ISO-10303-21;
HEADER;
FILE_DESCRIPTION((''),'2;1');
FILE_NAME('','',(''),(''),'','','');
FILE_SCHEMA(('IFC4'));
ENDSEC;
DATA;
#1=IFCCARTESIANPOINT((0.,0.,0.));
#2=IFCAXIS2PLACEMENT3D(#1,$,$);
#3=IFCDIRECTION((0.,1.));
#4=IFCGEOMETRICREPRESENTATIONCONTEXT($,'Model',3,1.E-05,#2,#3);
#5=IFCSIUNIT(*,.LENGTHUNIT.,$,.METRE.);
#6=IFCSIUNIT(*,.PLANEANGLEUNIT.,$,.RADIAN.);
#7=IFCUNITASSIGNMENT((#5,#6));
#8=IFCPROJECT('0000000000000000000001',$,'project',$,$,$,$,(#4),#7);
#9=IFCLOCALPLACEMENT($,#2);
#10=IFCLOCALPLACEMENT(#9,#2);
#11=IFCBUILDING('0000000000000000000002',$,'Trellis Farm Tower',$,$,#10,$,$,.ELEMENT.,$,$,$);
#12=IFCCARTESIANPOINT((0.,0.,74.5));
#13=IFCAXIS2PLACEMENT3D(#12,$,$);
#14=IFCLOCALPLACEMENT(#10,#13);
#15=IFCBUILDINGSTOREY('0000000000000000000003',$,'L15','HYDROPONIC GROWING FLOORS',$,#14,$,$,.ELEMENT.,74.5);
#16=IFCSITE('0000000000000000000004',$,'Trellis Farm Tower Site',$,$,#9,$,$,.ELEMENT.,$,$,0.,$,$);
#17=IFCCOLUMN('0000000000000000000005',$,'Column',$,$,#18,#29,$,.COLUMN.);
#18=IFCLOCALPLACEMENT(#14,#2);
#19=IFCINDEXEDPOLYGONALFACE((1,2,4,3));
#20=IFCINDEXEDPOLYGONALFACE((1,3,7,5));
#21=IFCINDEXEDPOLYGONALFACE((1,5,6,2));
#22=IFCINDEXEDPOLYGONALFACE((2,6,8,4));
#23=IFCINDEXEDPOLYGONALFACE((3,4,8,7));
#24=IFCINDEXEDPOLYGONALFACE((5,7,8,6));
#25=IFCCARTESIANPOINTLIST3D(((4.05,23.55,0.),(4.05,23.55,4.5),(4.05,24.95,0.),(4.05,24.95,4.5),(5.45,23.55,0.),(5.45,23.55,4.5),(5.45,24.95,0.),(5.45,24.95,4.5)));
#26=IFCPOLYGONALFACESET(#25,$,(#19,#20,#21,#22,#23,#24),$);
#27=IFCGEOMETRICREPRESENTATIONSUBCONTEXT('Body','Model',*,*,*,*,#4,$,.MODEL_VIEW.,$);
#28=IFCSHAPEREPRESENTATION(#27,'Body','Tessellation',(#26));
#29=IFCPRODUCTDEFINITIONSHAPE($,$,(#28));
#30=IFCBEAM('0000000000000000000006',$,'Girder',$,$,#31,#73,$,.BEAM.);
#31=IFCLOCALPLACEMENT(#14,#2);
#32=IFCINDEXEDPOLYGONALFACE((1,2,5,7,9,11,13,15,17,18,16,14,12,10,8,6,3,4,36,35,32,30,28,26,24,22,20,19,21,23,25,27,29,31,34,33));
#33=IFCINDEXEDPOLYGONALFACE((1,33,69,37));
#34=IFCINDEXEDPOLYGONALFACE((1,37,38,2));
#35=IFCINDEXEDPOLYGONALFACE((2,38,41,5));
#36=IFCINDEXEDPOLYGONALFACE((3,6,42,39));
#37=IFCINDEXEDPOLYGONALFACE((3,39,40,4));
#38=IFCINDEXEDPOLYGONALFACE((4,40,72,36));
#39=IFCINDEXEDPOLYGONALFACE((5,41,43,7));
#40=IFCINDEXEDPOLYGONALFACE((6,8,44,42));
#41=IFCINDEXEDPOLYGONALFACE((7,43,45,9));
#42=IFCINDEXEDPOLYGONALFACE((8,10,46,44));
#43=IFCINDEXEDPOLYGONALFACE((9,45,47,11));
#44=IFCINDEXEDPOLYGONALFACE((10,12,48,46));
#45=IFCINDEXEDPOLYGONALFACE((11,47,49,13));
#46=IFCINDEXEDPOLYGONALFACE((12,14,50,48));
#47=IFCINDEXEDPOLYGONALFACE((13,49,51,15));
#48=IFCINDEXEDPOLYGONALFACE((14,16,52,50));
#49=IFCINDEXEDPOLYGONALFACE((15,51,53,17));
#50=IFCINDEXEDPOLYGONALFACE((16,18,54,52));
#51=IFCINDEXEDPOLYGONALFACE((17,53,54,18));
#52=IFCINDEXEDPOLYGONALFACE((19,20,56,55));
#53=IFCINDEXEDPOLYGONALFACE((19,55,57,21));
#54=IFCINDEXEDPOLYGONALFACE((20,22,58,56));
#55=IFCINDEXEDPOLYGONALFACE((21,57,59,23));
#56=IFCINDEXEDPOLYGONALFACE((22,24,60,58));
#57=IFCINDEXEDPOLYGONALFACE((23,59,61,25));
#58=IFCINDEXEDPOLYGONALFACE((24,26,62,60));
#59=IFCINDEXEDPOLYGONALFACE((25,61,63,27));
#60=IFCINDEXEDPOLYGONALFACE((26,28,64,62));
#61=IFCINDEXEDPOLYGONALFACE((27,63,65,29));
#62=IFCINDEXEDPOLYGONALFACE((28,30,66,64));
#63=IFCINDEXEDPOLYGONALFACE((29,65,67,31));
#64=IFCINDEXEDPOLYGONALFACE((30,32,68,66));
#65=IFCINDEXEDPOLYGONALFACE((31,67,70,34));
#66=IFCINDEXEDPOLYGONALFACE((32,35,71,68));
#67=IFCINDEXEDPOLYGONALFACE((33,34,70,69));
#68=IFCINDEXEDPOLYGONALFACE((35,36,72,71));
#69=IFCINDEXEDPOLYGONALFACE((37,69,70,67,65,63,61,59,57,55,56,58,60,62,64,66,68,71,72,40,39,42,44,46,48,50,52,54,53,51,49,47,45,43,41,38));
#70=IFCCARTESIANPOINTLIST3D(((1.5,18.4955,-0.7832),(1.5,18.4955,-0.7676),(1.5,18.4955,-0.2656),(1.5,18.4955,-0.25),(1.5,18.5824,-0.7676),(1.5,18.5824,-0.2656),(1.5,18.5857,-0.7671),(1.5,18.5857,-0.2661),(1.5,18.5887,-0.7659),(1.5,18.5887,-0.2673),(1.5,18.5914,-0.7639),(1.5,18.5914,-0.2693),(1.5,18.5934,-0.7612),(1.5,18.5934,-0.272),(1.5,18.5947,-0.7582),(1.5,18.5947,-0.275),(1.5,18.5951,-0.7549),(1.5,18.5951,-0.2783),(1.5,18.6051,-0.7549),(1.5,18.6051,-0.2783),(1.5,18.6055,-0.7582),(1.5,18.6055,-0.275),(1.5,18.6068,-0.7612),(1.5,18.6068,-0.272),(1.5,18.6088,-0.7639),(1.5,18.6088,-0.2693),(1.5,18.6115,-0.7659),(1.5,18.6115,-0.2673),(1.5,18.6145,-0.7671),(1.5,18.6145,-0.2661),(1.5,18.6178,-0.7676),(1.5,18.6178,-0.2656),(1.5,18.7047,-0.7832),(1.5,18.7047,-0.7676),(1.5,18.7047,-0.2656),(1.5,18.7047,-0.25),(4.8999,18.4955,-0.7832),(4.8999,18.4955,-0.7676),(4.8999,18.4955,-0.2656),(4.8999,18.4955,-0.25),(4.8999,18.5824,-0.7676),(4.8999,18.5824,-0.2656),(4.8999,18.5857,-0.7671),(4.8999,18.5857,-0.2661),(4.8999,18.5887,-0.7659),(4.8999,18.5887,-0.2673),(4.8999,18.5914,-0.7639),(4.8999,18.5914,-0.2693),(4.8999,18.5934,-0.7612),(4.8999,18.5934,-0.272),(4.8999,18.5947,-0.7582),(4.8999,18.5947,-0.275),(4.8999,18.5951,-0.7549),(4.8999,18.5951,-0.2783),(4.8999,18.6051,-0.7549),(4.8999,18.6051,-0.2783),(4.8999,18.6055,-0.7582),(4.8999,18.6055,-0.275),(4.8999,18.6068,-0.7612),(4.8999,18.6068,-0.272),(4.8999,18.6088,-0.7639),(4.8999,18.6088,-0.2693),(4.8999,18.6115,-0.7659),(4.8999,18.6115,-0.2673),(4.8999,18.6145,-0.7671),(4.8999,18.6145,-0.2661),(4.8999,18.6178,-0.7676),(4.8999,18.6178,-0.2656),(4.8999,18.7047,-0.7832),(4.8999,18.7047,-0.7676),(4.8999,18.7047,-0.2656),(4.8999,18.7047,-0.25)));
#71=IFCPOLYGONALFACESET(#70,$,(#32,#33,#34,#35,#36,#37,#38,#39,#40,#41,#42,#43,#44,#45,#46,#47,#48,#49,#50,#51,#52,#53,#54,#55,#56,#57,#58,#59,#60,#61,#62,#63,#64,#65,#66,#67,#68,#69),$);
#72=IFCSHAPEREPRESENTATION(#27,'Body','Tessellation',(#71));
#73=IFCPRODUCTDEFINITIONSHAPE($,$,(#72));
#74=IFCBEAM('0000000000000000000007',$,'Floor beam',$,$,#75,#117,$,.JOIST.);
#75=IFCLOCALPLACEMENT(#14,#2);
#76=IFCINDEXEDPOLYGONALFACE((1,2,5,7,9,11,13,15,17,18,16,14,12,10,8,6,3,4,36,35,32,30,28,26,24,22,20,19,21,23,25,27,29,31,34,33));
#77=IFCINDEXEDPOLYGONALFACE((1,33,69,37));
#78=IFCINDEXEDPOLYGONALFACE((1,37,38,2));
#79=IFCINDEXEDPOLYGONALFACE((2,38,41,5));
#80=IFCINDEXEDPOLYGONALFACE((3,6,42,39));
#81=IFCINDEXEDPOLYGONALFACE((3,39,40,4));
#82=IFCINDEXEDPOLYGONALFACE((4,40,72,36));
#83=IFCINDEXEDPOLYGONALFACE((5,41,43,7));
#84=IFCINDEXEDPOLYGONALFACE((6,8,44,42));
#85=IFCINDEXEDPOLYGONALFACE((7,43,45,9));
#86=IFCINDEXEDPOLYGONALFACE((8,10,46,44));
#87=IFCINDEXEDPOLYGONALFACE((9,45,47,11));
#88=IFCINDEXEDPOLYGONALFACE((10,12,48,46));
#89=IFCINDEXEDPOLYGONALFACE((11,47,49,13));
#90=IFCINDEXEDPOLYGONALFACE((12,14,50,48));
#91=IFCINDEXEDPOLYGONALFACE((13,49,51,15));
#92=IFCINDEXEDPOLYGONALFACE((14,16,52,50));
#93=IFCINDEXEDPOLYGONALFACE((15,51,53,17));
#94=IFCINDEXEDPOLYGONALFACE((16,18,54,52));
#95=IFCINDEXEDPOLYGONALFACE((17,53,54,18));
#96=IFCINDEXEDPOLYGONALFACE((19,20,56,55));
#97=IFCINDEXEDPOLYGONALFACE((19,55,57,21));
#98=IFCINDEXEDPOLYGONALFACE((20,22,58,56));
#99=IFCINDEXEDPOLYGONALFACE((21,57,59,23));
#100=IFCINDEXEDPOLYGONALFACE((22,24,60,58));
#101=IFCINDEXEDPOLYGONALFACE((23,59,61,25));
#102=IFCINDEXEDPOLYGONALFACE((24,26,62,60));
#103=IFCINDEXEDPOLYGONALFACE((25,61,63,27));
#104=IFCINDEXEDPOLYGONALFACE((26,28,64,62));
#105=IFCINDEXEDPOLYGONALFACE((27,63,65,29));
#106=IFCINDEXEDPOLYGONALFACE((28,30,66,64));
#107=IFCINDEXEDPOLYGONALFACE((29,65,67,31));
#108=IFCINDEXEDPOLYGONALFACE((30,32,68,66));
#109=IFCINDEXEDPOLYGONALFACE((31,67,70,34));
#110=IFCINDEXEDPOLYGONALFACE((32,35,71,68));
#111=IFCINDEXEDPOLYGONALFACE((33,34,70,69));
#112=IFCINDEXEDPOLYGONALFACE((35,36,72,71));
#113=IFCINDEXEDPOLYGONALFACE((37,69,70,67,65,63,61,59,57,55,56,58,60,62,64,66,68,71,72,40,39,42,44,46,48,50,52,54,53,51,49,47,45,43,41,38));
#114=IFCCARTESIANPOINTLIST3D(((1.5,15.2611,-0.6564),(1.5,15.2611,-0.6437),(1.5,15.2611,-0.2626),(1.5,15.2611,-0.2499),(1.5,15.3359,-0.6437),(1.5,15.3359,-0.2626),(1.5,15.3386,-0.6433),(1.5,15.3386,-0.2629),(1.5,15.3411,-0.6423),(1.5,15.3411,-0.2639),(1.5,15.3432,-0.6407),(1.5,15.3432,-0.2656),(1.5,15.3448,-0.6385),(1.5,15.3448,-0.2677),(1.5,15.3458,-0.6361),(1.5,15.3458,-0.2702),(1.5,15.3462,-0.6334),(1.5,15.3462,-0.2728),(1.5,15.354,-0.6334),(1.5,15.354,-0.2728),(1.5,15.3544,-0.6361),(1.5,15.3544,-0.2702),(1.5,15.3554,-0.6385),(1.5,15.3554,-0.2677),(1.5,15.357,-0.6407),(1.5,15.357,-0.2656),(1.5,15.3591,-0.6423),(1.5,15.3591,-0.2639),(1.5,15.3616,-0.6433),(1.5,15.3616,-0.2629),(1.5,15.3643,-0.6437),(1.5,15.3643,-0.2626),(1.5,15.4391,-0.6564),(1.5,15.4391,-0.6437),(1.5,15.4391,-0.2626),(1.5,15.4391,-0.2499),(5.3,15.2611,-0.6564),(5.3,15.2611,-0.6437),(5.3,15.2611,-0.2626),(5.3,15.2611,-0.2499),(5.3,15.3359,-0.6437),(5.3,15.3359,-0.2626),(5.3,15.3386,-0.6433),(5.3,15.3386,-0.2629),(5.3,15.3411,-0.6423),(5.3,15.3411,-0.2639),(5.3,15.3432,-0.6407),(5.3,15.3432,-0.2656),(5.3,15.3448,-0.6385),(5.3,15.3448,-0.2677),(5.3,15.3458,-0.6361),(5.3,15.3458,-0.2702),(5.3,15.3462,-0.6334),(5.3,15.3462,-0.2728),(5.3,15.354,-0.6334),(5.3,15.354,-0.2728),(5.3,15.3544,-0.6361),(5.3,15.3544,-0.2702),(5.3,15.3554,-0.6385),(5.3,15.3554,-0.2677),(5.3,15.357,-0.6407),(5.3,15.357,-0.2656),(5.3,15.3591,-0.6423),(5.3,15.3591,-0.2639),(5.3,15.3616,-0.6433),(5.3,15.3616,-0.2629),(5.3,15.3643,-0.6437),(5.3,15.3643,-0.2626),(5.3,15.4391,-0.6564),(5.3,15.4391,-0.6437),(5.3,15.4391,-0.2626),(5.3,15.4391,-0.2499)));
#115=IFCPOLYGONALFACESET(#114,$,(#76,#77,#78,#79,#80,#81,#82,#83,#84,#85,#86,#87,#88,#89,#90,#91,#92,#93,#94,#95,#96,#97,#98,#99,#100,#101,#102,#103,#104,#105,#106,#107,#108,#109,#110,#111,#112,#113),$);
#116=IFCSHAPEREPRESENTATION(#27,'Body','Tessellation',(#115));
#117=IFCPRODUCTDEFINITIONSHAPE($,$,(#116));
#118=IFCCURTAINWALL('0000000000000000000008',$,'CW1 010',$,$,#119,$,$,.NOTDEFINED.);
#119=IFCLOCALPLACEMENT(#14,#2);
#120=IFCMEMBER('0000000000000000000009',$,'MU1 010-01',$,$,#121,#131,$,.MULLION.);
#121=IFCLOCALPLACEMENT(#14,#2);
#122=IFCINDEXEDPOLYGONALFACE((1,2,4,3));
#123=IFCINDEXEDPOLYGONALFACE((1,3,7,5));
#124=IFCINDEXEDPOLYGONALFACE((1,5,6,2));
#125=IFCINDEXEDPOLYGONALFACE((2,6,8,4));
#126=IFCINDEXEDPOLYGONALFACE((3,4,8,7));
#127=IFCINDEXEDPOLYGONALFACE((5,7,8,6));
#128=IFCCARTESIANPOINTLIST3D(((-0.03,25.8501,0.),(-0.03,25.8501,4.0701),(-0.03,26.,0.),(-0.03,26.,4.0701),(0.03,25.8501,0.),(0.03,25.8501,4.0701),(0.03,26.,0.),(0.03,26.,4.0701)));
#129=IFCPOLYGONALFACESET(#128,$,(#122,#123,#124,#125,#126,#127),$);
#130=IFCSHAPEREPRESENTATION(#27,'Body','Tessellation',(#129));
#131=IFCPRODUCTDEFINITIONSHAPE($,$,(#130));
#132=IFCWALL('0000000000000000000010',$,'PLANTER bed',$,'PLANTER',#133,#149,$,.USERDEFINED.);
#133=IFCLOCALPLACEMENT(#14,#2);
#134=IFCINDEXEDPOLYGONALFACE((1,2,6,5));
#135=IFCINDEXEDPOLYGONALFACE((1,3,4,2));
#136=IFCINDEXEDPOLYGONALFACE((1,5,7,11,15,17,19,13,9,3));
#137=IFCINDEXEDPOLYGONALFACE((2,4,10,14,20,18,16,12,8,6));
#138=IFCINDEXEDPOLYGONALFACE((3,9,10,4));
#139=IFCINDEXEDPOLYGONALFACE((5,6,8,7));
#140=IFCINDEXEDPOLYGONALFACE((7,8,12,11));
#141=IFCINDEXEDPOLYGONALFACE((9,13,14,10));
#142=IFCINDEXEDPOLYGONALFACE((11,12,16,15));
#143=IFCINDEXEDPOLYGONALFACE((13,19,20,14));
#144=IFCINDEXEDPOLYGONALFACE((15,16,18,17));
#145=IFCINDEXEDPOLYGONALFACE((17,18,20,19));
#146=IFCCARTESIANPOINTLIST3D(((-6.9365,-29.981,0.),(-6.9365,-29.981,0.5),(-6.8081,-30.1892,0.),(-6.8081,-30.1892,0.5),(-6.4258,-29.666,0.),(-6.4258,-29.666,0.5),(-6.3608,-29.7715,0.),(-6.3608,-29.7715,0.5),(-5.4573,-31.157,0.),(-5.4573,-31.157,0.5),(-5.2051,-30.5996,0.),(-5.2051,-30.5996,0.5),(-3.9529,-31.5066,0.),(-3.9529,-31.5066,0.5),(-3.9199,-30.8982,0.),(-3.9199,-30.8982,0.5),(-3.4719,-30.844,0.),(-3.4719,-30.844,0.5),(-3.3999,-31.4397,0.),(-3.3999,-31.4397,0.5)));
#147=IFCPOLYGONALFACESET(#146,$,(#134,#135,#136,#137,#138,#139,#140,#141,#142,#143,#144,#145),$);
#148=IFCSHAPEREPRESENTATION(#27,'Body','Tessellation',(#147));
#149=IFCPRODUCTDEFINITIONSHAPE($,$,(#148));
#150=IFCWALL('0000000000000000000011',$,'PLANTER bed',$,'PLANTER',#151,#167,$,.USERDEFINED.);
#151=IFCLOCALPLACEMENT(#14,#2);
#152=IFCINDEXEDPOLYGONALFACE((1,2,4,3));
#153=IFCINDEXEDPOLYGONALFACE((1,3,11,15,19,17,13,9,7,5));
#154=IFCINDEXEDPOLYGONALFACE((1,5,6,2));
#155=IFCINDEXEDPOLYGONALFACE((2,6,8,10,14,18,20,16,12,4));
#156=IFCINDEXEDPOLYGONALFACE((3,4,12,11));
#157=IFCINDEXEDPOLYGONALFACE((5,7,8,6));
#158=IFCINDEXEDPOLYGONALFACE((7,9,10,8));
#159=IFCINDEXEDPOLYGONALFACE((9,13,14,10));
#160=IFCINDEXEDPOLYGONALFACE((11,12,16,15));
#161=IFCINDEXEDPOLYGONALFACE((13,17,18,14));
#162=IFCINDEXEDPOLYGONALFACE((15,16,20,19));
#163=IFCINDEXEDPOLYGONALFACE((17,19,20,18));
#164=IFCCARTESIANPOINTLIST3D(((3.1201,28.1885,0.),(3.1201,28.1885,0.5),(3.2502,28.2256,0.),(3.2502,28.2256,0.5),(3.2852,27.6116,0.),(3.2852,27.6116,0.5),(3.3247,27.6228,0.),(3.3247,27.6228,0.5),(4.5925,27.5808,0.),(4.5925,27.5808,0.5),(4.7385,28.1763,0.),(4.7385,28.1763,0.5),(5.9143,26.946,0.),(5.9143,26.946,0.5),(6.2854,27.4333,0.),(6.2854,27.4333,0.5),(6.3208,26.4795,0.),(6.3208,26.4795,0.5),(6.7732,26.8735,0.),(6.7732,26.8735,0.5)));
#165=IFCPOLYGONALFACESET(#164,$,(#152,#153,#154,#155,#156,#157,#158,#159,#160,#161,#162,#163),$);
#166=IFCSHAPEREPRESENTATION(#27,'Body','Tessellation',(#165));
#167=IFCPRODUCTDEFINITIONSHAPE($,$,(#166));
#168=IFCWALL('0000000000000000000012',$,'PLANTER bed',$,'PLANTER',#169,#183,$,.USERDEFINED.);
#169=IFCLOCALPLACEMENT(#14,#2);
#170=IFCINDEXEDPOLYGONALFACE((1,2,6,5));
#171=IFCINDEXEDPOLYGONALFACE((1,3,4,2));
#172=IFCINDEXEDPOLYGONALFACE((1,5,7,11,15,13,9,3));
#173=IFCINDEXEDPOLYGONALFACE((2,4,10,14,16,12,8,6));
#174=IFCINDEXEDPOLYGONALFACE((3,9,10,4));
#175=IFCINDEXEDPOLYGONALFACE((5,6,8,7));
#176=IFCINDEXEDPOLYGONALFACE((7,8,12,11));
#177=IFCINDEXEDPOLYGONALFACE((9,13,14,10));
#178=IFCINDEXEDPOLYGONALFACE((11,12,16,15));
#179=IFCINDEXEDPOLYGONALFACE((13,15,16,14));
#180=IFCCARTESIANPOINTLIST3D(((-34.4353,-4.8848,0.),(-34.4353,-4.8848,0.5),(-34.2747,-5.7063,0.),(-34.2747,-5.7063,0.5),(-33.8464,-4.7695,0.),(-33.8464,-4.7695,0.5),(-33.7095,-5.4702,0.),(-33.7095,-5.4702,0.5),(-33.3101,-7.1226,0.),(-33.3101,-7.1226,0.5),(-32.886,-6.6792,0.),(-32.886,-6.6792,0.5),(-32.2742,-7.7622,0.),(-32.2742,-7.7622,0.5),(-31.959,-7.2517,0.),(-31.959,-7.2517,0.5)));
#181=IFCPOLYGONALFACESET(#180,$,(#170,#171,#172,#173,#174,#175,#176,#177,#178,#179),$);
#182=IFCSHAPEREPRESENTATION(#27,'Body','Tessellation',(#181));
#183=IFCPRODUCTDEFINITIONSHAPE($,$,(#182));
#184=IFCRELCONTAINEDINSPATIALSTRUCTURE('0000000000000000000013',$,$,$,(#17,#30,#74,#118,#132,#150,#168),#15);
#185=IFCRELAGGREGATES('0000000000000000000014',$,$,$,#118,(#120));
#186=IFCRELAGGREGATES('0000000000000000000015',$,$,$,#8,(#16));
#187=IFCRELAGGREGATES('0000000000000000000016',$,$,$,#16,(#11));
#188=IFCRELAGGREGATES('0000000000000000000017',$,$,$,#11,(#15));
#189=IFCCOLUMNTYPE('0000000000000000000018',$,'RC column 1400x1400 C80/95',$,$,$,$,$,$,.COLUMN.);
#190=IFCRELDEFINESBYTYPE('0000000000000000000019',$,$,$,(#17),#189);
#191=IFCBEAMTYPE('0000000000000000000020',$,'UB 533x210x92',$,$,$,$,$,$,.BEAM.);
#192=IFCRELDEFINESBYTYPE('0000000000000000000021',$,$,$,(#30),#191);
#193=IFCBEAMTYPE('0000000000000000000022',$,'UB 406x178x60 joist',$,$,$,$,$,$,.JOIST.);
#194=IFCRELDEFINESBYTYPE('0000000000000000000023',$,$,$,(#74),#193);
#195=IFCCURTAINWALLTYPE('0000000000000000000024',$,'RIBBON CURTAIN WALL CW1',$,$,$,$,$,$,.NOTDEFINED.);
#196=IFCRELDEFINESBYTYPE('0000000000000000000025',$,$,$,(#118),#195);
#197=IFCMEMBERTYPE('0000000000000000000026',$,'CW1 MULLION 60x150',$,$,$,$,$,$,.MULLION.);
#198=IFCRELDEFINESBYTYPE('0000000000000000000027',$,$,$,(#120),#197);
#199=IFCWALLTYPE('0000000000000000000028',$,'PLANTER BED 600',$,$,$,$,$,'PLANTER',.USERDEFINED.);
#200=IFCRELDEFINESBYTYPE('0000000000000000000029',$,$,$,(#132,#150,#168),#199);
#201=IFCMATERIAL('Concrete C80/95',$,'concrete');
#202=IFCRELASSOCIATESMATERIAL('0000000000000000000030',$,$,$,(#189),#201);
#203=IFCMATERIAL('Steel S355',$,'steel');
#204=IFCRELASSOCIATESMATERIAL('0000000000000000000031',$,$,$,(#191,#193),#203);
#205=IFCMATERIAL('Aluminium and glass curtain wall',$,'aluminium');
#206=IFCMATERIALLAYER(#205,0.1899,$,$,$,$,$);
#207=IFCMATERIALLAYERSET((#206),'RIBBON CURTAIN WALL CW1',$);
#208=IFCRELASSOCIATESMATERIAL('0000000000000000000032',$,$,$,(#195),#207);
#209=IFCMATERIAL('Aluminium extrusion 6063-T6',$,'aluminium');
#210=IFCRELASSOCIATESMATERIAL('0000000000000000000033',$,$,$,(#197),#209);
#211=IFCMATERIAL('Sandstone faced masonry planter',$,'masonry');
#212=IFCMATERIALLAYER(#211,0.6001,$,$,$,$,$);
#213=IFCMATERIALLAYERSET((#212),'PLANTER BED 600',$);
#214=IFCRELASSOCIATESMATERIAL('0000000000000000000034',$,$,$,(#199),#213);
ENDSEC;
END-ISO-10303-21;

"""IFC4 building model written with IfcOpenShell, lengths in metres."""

from ifc_helpers import new_model, si_unit, direction, frame, origin, origin_2d, place, context, subcontext, project, spatial, polyline, rectangle, i_section, outline, extrude, source, transform, mapped, material, layer, layer_set, material_profile, profile_set, type_object, element, aggregate, save


model = new_model("IFC4")

# Units and contexts
model_context = context("Model", 3, precision=1e-05, world=origin(), true_north=direction((0.0, 1.0)))
body_context = subcontext(model_context, "Body", "Model", "MODEL_VIEW")
ifc_project = project(units=[si_unit("LENGTHUNIT", "METRE"), si_unit("PLANEANGLEUNIT", "RADIAN")], contexts=[model_context])

# Site, building, storey
site_placement = place(None, origin())
site = spatial("IfcSite", under=ifc_project, at=site_placement, Name="Trellis Farm Tower Site", CompositionType="ELEMENT", RefElevation=0.0)
building_placement = place(site_placement, origin())
building = spatial("IfcBuilding", under=site, at=building_placement, Name="Trellis Farm Tower", CompositionType="ELEMENT")
storey_placement = place(building_placement, frame((0.0, 0.0, 74.5)))
storey = spatial("IfcBuildingStorey", under=building, at=storey_placement, Name="L15", Description="HYDROPONIC GROWING FLOORS", CompositionType="ELEMENT", Elevation=74.5)

# Column
ifc_material_1 = material(Name="Concrete C80/95", Category="concrete")
ifc_material_profile_1 = material_profile(ifc_material_1, rectangle(XDim=1.3999, YDim=1.3999, at=origin_2d()), Name="RC column 1400x1400 C80/95")
ifc_profile_set_1 = profile_set([ifc_material_profile_1], Name="Concrete C80/95")
column_type = type_object("IfcColumnType", Name="RC column 1400x1400 C80/95", PredefinedType="COLUMN", material=ifc_profile_set_1)
shared_shape_1 = source(origin(), body_context, "Body", "SweptSolid", [
    extrude(rectangle(XDim=1.3999, YDim=1.3999, at=origin_2d()), origin(), (0.0, 0.0, 1.0), 4.5),
])
column_placement = place(storey_placement, frame((4.75, 24.25, 0.0), z_axis=(0.0, 0.0, 1.0), x_axis=(1.0, 0.0, 0.0)))
element("IfcColumn", 1, at=column_placement, inside=storey, type_object=column_type, Name="Column", PredefinedType="COLUMN", context=body_context, shape_type="MappedRepresentation", body=[
    mapped(shared_shape_1, transform((0.0, 0.0, 0.0))),
])

# Beams
ifc_material_2 = material(Name="Steel S355", Category="steel")
ifc_material_profile_2 = material_profile(ifc_material_2, i_section(OverallWidth=0.2092, OverallDepth=0.5332, WebThickness=0.01, FlangeThickness=0.0156, FilletRadius=0.0127, at=origin_2d()), Name="UB 533x210x92")
ifc_profile_set_2 = profile_set([ifc_material_profile_2], Name="Steel S355")
beam_type_1 = type_object("IfcBeamType", Name="UB 533x210x92", PredefinedType="BEAM", material=ifc_profile_set_2)
shared_shape_2 = source(origin(), body_context, "Body", "SweptSolid", [
    extrude(i_section(OverallWidth=0.2092, OverallDepth=0.5332, WebThickness=0.01, FlangeThickness=0.0156, FilletRadius=0.0127, at=origin_2d()), origin(), (0.0, 0.0, 1.0), 3.3999),
])
beam_1_placement = place(storey_placement, frame((1.5, 18.6001, -0.5166), z_axis=(1.0, 0.0, 0.0), x_axis=(0.0, 1.0, 0.0)))
element("IfcBeam", 2, at=beam_1_placement, inside=storey, type_object=beam_type_1, Name="Girder", PredefinedType="BEAM", context=body_context, shape_type="MappedRepresentation", body=[
    mapped(shared_shape_2, transform((0.0, 0.0, 0.0))),
])
ifc_material_profile_3 = material_profile(ifc_material_2, i_section(OverallWidth=0.178, OverallDepth=0.4065, WebThickness=0.0078, FlangeThickness=0.0127, FilletRadius=0.0103, at=origin_2d()), Name="UB 406x178x60")
ifc_profile_set_3 = profile_set([ifc_material_profile_3], Name="Steel S355")
beam_type_2 = type_object("IfcBeamType", Name="UB 406x178x60 joist", PredefinedType="JOIST", material=ifc_profile_set_3)
shared_shape_3 = source(origin(), body_context, "Body", "SweptSolid", [
    extrude(i_section(OverallWidth=0.178, OverallDepth=0.4065, WebThickness=0.0078, FlangeThickness=0.0127, FilletRadius=0.0103, at=origin_2d()), origin(), (0.0, 0.0, 1.0), 3.8),
])
beam_2_placement = place(storey_placement, frame((1.5, 15.3501, -0.4531), z_axis=(1.0, 0.0, 0.0), x_axis=(0.0, 1.0, 0.0)))
element("IfcBeam", 3, at=beam_2_placement, inside=storey, type_object=beam_type_2, Name="Floor beam", PredefinedType="JOIST", context=body_context, shape_type="MappedRepresentation", body=[
    mapped(shared_shape_3, transform((0.0, 0.0, 0.0))),
])

# Curtain wall, member
ifc_material_3 = material(Name="Aluminium and glass curtain wall", Category="aluminium")
ifc_layer_1 = layer(ifc_material_3, 0.1899)
ifc_layer_set_1 = layer_set([ifc_layer_1], Name="RIBBON CURTAIN WALL CW1")
curtain_wall_type = type_object("IfcCurtainWallType", Name="RIBBON CURTAIN WALL CW1", PredefinedType="NOTDEFINED", material=ifc_layer_set_1)
placement = place(storey_placement, origin())
curtain_wall = element("IfcCurtainWall", 4, at=placement, inside=storey, type_object=curtain_wall_type, Name="CW1 010", PredefinedType="NOTDEFINED")
ifc_material_4 = material(Name="Aluminium extrusion 6063-T6", Category="aluminium")
ifc_material_profile_4 = material_profile(ifc_material_4, rectangle(XDim=0.0601, YDim=0.1499, at=origin_2d()), Name="MULLION 60x150")
ifc_profile_set_4 = profile_set([ifc_material_profile_4], Name="Aluminium extrusion 6063-T6")
member_type = type_object("IfcMemberType", Name="CW1 MULLION 60x150", PredefinedType="MULLION", material=ifc_profile_set_4)
shared_shape_4 = source(origin(), body_context, "Body", "SweptSolid", [
    extrude(rectangle(XDim=0.0601, YDim=0.1499, at=origin_2d()), origin(), (0.0, 0.0, 1.0), 4.0701),
])
member_placement = place(storey_placement, frame((0.0, 25.925, 0.0), z_axis=(0.0, 0.0, 1.0), x_axis=(-1.0, 0.0, 0.0)))
member = element("IfcMember", 5, at=member_placement, type_object=member_type, Name="MU1 010-01", PredefinedType="MULLION", context=body_context, shape_type="MappedRepresentation", body=[
    mapped(shared_shape_4, transform((0.0, 0.0, 0.0))),
])
aggregate(curtain_wall, [member])

# Walls
ifc_material_5 = material(Name="Sandstone faced masonry planter", Category="masonry")
ifc_layer_2 = layer(ifc_material_5, 0.6001)
ifc_layer_set_2 = layer_set([ifc_layer_2], Name="PLANTER BED 600")
wall_type_1 = type_object("IfcWallType", Name="PLANTER BED 600", ElementType="PLANTER", PredefinedType="USERDEFINED", material=ifc_layer_set_2)
element("IfcWall", 6, at=placement, inside=storey, type_object=wall_type_1, Name="PLANTER bed", ObjectType="PLANTER", PredefinedType="USERDEFINED", context=body_context, shape_type="SweptSolid", body=[
    extrude(outline(polyline([(-3.9529, -31.5066), (-5.4573, -31.157), (-6.8081, -30.1892), (-6.9365, -29.981), (-6.4258, -29.666), (-6.3608, -29.7715), (-5.2051, -30.5996), (-3.9199, -30.8982), (-3.4719, -30.844), (-3.3999, -31.4397), (-3.9529, -31.5066)])), origin(), (0.0, 0.0, 1.0), 0.5),
])
element("IfcWall", 7, at=placement, inside=storey, type_object=wall_type_1, Name="PLANTER bed", ObjectType="PLANTER", PredefinedType="USERDEFINED", context=body_context, shape_type="SweptSolid", body=[
    extrude(outline(polyline([(4.7385, 28.1763), (6.2854, 27.4333), (6.7732, 26.8735), (6.3208, 26.4795), (5.9143, 26.946), (4.5925, 27.5808), (3.3247, 27.6228), (3.2852, 27.6116), (3.1201, 28.1885), (3.2502, 28.2256), (4.7385, 28.1763)])), origin(), (0.0, 0.0, 1.0), 0.5),
])
element("IfcWall", 8, at=placement, inside=storey, type_object=wall_type_1, Name="PLANTER bed", ObjectType="PLANTER", PredefinedType="USERDEFINED", context=body_context, shape_type="SweptSolid", body=[
    extrude(outline(polyline([(-34.2747, -5.7063), (-34.4353, -4.8848), (-33.8464, -4.7695), (-33.7095, -5.4702), (-32.886, -6.6792), (-31.959, -7.2517), (-32.2742, -7.7622), (-33.3101, -7.1226), (-34.2747, -5.7063)])), origin(), (0.0, 0.0, 1.0), 0.5),
])

save(model, "model.ifc")
